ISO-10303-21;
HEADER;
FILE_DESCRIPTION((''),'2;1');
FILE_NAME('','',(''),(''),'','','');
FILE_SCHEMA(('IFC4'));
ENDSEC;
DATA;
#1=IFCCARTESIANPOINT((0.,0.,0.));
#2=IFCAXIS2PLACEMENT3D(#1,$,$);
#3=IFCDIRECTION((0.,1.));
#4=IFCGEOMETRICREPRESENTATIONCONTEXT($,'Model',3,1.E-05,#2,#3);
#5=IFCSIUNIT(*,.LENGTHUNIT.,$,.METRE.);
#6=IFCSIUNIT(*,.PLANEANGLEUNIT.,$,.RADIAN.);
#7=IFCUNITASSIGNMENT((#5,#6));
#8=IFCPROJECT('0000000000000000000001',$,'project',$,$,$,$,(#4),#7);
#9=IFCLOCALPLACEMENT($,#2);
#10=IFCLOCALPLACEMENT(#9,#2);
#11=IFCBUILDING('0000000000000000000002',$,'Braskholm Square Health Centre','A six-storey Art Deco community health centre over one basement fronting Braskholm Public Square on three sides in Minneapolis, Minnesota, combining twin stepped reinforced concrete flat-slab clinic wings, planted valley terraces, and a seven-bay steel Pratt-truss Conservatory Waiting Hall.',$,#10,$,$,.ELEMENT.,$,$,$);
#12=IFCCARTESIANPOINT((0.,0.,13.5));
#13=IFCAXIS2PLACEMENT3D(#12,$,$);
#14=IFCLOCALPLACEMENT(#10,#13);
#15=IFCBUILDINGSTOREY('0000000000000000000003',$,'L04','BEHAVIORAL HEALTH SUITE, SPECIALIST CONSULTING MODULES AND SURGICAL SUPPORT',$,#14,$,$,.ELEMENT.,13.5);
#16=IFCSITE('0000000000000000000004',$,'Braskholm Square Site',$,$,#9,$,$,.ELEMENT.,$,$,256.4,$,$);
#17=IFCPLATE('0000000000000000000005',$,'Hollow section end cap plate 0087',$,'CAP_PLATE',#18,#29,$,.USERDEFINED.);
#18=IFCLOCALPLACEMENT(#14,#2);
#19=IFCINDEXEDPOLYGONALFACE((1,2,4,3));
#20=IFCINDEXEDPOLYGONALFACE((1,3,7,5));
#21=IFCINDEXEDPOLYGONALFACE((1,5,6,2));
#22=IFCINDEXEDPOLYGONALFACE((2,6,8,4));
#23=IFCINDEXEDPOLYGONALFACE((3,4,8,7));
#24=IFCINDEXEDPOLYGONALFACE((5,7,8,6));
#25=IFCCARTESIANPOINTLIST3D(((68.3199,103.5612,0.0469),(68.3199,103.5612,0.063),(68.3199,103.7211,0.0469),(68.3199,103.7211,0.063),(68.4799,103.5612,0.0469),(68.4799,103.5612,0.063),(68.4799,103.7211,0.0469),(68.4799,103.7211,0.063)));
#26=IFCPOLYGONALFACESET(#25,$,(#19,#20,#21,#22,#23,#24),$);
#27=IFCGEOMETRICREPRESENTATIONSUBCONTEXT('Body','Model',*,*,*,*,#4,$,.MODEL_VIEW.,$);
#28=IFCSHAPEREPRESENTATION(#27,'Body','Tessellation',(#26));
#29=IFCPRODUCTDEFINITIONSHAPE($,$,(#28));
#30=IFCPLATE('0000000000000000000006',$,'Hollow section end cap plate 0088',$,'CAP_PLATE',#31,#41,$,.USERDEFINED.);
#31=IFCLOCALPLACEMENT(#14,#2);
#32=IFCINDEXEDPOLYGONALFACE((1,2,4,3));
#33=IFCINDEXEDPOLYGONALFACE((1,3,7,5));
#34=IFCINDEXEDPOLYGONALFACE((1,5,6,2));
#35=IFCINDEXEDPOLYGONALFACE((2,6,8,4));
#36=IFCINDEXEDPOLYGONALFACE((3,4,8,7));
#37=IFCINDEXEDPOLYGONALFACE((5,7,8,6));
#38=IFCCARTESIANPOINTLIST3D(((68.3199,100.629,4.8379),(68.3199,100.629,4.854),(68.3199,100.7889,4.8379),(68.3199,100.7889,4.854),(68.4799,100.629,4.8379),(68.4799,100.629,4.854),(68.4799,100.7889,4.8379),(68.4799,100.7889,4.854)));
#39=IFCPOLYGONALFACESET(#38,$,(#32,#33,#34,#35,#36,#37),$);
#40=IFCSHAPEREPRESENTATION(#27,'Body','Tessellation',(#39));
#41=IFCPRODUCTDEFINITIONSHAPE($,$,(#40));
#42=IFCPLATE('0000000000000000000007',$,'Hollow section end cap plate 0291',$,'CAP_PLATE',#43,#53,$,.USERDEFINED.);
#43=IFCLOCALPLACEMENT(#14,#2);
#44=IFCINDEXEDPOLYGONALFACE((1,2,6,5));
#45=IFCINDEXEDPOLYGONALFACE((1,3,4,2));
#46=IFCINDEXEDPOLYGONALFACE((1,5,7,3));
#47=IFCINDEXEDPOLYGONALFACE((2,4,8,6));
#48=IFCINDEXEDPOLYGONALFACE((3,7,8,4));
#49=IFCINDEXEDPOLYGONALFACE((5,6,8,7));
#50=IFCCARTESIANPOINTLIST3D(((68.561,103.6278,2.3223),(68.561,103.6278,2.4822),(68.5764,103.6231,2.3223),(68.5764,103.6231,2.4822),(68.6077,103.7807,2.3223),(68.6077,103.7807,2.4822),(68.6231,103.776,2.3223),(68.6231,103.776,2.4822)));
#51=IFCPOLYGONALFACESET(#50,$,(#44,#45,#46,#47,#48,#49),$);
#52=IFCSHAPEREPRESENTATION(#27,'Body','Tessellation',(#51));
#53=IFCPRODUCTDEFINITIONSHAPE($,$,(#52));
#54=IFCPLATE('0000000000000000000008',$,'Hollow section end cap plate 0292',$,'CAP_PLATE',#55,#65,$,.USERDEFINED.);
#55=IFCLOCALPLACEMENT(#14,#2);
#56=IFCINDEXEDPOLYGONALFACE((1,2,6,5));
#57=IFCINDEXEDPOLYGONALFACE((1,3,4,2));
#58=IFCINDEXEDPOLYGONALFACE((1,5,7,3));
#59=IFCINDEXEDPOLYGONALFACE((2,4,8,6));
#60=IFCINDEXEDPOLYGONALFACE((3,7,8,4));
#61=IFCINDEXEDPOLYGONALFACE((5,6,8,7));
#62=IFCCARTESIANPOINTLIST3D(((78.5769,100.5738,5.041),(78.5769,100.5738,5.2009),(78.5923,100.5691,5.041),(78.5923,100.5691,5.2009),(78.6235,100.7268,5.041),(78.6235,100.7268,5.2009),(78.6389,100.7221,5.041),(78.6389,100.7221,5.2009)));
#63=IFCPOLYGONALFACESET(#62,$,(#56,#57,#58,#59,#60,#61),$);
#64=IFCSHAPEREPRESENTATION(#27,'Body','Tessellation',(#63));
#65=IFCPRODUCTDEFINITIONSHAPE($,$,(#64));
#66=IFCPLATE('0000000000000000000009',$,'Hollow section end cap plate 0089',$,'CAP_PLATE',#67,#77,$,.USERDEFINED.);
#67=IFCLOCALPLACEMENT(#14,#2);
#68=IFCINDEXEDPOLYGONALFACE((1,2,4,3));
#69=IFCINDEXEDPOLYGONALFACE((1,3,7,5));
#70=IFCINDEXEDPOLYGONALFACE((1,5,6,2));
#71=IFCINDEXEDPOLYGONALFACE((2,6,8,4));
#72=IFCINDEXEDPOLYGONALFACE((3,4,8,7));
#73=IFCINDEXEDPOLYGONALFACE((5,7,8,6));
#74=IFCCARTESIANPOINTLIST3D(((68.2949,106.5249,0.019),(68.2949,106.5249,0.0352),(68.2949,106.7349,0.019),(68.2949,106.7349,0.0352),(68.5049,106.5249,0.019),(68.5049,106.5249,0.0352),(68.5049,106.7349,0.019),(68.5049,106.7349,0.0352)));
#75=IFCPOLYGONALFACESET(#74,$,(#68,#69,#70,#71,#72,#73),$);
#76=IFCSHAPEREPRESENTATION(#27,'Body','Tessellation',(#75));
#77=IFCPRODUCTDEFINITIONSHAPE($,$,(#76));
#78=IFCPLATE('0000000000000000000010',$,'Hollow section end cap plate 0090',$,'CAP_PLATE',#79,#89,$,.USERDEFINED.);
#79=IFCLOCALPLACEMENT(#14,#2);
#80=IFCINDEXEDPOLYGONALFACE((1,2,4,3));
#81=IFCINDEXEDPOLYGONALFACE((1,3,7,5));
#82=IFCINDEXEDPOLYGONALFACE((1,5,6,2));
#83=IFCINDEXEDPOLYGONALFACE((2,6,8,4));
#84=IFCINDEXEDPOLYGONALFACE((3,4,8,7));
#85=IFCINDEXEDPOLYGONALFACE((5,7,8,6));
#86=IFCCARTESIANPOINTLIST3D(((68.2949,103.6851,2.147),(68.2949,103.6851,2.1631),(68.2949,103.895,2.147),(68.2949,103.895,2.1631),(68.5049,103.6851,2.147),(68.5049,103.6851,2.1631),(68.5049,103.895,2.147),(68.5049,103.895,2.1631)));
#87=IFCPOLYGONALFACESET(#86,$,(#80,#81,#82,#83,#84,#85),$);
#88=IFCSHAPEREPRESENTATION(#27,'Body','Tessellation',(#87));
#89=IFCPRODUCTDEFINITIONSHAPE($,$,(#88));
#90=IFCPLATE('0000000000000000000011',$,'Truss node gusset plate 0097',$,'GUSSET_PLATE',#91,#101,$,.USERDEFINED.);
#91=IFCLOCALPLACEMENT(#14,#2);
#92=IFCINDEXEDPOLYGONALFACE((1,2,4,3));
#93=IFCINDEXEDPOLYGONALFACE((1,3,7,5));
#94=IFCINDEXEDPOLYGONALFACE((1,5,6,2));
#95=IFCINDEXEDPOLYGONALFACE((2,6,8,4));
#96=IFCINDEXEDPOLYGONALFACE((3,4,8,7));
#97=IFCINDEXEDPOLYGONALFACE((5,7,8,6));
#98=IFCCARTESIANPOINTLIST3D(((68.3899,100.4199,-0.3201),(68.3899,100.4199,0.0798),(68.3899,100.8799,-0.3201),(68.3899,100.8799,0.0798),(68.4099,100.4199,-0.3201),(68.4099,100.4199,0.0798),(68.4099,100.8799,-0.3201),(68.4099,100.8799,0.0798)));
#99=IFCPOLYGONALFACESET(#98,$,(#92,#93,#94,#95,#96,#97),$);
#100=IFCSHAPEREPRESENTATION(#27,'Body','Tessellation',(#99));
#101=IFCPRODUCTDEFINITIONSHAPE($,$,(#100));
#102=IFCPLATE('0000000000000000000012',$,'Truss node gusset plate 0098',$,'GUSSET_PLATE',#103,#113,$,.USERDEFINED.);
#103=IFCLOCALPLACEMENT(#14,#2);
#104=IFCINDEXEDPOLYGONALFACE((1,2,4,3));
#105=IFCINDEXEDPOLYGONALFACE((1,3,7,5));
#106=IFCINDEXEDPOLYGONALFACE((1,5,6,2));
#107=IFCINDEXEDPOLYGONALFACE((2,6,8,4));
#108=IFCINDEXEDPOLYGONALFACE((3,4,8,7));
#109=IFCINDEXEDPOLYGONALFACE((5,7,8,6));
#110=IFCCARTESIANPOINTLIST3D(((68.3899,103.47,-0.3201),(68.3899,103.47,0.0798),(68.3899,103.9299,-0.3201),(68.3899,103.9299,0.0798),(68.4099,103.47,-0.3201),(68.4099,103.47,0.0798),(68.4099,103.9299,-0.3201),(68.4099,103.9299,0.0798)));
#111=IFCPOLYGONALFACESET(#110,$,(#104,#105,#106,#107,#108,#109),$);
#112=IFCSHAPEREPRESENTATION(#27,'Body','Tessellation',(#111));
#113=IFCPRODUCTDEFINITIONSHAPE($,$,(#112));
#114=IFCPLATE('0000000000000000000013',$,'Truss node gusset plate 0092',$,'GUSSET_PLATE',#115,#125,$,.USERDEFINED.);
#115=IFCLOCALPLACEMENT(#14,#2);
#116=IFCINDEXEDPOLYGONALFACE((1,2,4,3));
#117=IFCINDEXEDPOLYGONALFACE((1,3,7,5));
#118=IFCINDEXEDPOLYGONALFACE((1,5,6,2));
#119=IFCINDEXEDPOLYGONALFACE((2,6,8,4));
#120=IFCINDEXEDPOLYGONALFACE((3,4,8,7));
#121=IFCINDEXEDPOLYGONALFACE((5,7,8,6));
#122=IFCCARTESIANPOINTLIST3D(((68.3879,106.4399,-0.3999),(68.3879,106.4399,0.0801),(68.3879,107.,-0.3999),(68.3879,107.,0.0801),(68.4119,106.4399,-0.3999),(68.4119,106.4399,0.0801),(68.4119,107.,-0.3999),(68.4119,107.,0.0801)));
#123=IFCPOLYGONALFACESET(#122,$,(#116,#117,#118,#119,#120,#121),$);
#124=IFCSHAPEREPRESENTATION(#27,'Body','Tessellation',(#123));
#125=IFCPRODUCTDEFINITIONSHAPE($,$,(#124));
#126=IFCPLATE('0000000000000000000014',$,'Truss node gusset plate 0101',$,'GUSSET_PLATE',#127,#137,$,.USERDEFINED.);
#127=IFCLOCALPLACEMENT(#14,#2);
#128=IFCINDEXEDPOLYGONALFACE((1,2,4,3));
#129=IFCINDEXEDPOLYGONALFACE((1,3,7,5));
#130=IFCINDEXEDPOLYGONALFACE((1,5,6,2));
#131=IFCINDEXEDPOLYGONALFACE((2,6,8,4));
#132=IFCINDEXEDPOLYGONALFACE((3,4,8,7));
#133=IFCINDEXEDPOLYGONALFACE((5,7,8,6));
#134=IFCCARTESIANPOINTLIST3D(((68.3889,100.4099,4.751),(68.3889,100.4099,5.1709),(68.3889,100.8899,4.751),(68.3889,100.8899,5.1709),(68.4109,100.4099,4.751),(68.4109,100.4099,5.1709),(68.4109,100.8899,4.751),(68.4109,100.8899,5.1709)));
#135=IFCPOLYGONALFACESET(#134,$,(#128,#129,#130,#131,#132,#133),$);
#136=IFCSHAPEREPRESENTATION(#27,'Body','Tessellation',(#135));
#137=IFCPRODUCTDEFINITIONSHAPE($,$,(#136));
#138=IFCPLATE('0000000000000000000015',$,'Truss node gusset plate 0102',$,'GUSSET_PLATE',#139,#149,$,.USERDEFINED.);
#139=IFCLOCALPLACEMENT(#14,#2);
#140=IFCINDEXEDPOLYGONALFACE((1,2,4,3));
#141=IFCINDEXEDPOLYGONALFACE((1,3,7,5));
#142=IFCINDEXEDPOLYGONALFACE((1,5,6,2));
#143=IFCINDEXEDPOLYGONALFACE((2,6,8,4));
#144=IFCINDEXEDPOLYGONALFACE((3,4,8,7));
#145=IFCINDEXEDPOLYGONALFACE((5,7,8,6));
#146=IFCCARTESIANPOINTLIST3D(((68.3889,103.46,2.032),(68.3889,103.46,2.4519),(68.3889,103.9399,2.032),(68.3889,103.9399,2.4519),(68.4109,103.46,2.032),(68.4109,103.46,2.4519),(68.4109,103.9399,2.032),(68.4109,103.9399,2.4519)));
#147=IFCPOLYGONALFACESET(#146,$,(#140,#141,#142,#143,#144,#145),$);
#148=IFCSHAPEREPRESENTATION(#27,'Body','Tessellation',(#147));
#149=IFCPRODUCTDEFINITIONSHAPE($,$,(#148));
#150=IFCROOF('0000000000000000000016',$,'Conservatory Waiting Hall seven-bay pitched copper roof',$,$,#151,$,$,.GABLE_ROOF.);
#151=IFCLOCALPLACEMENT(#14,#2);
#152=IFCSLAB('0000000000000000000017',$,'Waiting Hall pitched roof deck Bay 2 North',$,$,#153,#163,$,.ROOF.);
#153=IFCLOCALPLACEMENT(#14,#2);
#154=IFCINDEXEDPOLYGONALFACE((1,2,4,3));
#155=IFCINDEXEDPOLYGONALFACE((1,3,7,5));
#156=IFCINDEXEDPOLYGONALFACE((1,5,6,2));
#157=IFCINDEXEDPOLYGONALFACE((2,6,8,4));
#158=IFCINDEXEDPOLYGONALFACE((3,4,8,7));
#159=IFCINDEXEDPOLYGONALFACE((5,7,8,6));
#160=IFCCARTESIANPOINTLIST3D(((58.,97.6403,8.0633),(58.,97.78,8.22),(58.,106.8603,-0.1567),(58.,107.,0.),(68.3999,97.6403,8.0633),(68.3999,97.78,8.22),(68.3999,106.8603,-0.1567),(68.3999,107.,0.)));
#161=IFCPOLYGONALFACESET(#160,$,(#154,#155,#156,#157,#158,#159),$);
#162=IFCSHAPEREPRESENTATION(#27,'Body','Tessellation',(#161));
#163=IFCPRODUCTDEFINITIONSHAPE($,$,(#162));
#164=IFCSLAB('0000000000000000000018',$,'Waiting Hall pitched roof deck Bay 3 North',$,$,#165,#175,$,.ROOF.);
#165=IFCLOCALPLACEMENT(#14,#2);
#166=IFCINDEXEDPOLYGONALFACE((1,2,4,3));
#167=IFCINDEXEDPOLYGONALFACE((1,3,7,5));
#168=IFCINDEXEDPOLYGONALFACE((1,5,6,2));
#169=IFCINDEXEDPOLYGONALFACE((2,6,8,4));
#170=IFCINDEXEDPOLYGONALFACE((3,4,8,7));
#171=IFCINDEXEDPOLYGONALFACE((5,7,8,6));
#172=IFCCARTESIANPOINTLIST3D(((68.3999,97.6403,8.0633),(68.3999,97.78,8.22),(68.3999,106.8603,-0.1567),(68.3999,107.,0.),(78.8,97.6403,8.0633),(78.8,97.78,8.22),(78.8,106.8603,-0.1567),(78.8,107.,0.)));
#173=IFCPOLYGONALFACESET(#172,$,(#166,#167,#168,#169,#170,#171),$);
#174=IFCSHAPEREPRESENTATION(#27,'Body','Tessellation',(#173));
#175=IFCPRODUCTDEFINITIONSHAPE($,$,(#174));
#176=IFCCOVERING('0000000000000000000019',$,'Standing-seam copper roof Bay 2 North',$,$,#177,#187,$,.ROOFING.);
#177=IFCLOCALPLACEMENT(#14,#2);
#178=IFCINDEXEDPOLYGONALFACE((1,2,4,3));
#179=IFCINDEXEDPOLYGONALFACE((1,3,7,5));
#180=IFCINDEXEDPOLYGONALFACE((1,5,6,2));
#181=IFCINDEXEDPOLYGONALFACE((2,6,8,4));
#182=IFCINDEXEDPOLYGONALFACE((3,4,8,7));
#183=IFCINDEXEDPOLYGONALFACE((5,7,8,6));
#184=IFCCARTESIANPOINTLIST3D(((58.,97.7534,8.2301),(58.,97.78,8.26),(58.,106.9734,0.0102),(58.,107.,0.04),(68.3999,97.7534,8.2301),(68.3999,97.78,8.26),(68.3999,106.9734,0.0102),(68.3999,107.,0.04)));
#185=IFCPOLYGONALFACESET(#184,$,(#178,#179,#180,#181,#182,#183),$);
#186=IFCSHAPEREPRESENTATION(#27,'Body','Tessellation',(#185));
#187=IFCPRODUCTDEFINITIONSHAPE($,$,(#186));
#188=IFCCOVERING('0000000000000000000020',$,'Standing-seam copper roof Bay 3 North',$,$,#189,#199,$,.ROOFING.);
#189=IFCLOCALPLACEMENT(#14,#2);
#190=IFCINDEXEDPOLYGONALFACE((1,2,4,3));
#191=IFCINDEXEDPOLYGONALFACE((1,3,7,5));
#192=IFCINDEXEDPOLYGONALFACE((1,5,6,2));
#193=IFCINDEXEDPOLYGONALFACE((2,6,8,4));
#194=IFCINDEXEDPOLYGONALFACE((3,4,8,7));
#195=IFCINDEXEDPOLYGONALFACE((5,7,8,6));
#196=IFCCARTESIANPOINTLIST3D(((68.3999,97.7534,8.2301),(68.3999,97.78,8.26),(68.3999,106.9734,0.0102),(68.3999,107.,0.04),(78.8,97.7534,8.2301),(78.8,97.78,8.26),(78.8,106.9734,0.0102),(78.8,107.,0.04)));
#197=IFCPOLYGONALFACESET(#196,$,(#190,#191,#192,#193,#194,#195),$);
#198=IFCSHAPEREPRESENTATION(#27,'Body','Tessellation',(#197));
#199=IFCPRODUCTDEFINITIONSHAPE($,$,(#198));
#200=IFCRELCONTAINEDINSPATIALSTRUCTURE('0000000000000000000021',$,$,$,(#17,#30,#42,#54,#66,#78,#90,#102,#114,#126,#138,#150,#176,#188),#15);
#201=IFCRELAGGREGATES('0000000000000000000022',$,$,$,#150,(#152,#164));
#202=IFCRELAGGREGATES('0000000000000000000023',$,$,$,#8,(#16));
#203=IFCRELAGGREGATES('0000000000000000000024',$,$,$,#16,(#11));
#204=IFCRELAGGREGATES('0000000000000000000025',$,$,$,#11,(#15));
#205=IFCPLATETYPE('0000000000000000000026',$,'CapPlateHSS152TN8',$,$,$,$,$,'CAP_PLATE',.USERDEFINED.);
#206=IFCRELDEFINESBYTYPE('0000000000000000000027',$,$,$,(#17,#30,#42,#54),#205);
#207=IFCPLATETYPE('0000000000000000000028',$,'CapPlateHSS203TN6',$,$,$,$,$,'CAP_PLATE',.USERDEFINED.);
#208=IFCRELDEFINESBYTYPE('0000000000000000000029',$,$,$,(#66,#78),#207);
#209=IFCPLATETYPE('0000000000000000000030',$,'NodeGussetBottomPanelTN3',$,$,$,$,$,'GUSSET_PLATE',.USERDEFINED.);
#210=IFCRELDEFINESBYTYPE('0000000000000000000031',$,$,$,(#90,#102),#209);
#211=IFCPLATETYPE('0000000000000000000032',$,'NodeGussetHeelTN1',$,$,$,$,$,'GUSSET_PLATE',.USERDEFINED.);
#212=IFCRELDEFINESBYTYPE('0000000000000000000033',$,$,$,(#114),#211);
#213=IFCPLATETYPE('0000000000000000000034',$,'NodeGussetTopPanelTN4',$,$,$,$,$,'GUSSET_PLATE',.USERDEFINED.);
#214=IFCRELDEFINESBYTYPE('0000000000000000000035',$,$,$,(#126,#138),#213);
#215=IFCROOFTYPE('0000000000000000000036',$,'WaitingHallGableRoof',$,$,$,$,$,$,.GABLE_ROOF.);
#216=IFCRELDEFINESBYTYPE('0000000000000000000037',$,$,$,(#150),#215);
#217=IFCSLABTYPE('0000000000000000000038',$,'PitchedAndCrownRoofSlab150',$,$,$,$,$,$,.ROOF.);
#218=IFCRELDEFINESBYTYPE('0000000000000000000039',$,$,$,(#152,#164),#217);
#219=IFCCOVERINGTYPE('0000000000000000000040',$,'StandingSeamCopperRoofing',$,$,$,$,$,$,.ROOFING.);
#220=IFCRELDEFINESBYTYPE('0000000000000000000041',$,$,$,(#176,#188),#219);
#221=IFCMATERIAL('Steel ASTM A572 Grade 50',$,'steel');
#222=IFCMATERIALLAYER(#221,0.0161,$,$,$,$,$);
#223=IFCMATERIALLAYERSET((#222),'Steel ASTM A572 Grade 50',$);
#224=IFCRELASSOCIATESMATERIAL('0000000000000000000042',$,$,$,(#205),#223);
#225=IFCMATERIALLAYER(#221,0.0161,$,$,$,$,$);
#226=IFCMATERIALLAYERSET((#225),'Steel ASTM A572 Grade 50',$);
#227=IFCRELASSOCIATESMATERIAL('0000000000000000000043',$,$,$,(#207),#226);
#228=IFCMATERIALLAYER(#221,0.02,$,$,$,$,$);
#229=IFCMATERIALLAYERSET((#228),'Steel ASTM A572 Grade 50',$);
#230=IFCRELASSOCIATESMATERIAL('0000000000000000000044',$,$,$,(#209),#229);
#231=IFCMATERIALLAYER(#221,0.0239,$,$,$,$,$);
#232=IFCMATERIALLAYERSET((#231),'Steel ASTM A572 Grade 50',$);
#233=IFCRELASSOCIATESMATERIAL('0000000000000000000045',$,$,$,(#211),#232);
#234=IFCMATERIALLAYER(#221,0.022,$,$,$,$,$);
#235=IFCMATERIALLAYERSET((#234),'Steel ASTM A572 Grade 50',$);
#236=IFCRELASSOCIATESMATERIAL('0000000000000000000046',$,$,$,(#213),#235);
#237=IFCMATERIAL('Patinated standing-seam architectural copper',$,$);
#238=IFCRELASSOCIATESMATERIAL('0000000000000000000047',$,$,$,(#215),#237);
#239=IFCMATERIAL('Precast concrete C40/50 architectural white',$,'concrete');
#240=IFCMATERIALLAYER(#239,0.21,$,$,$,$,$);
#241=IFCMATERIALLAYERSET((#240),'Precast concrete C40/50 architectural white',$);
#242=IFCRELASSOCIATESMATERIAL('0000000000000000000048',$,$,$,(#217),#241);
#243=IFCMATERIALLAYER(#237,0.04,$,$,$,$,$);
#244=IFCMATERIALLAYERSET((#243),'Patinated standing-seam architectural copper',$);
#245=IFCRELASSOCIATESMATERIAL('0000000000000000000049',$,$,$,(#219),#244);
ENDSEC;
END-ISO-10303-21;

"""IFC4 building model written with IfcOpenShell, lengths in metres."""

from ifc_helpers import new_model, si_unit, direction, frame, origin, origin_2d, place, context, subcontext, project, spatial, polyline, rectangle, outline, extrude, material, layer, layer_set, type_object, element, aggregate, save


model = new_model("IFC4")

# Units and contexts
model_context = context("Model", 3, precision=1e-05, world=origin(), true_north=direction((0.0, 1.0)))
body_context = subcontext(model_context, "Body", "Model", "MODEL_VIEW")
ifc_project = project(units=[si_unit("LENGTHUNIT", "METRE"), si_unit("PLANEANGLEUNIT", "RADIAN")], contexts=[model_context])

# Site, building, storey
site_placement = place(None, origin())
site = spatial("IfcSite", under=ifc_project, at=site_placement, Name="Braskholm Square Site", CompositionType="ELEMENT", RefElevation=256.4)
building_placement = place(site_placement, origin())
building = spatial("IfcBuilding", under=site, at=building_placement, Name="Braskholm Square Health Centre", Description="A six-storey Art Deco community health centre over one basement fronting Braskholm Public Square on three sides in Minneapolis, Minnesota, combining twin stepped reinforced concrete flat-slab clinic wings, planted valley terraces, and a seven-bay steel Pratt-truss Conservatory Waiting Hall.", CompositionType="ELEMENT")
storey_placement = place(building_placement, frame((0.0, 0.0, 13.5)))
storey = spatial("IfcBuildingStorey", under=building, at=storey_placement, Name="L04", Description="BEHAVIORAL HEALTH SUITE, SPECIALIST CONSULTING MODULES AND SURGICAL SUPPORT", CompositionType="ELEMENT", Elevation=13.5)

# Plates
ifc_material_1 = material(Name="Steel ASTM A572 Grade 50", Category="steel")
ifc_layer_1 = layer(ifc_material_1, 0.0161)
ifc_layer_set_1 = layer_set([ifc_layer_1], Name="Steel ASTM A572 Grade 50")
plate_type_1 = type_object("IfcPlateType", Name="CapPlateHSS152TN8", ElementType="CAP_PLATE", PredefinedType="USERDEFINED", material=ifc_layer_set_1)
for number, where, z_axis, x_axis, name in (
    (1, (68.3999, 103.6411, 0.0469), (0.0, 0.0, 1.0), (1.0, 0.0, 0.0), "Hollow section end cap plate 0087"),
    (2, (68.3999, 100.709, 4.8379), (0.0, 0.0, 1.0), (1.0, 0.0, 0.0), "Hollow section end cap plate 0088"),
):
    element("IfcPlate", number, at=place(storey_placement, frame(where, z_axis=z_axis, x_axis=x_axis)), inside=storey, type_object=plate_type_1, Name=name, ObjectType="CAP_PLATE", PredefinedType="USERDEFINED", context=body_context, shape_type="SweptSolid", body=[
        extrude(rectangle(XDim=0.1599, YDim=0.1599, at=origin_2d()), origin(), (0.0, 0.0, 1.0), 0.0161),
    ])
for number, where, z_axis, x_axis, name in (
    (3, (68.592, 103.7019, 2.3223), (0.0, 0.0, 1.0), (0.956498, -0.291737, 0.0), "Hollow section end cap plate 0291"),
    (4, (78.6079, 100.6479, 5.041), (0.0, 0.0, 1.0), (0.956498, -0.291737, 0.0), "Hollow section end cap plate 0292"),
):
    element("IfcPlate", number, at=place(storey_placement, frame(where, z_axis=z_axis, x_axis=x_axis)), inside=storey, type_object=plate_type_1, Name=name, ObjectType="CAP_PLATE", PredefinedType="USERDEFINED", context=body_context, shape_type="SweptSolid", body=[
        extrude(rectangle(XDim=0.0161, YDim=0.1599, at=origin_2d()), origin(), (0.0, 0.0, 1.0), 0.1599),
    ])
ifc_layer_2 = layer(ifc_material_1, 0.0161)
ifc_layer_set_2 = layer_set([ifc_layer_2], Name="Steel ASTM A572 Grade 50")
plate_type_2 = type_object("IfcPlateType", Name="CapPlateHSS203TN6", ElementType="CAP_PLATE", PredefinedType="USERDEFINED", material=ifc_layer_set_2)
for number, where, z_axis, x_axis, name in (
    (5, (68.3999, 106.6299, 0.019), (0.0, 0.0, 1.0), (1.0, 0.0, 0.0), "Hollow section end cap plate 0089"),
    (6, (68.3999, 103.79, 2.147), (0.0, 0.0, 1.0), (1.0, 0.0, 0.0), "Hollow section end cap plate 0090"),
):
    element("IfcPlate", number, at=place(storey_placement, frame(where, z_axis=z_axis, x_axis=x_axis)), inside=storey, type_object=plate_type_2, Name=name, ObjectType="CAP_PLATE", PredefinedType="USERDEFINED", context=body_context, shape_type="SweptSolid", body=[
        extrude(rectangle(XDim=0.21, YDim=0.21, at=origin_2d()), origin(), (0.0, 0.0, 1.0), 0.0161),
    ])
ifc_layer_3 = layer(ifc_material_1, 0.02)
ifc_layer_set_3 = layer_set([ifc_layer_3], Name="Steel ASTM A572 Grade 50")
plate_type_3 = type_object("IfcPlateType", Name="NodeGussetBottomPanelTN3", ElementType="GUSSET_PLATE", PredefinedType="USERDEFINED", material=ifc_layer_set_3)
for number, where, z_axis, x_axis, name in (
    (7, (68.3999, 100.6499, -0.3201), (0.0, 0.0, 1.0), (1.0, 0.0, 0.0), "Truss node gusset plate 0097"),
    (8, (68.3999, 103.7, -0.3201), (0.0, 0.0, 1.0), (1.0, 0.0, 0.0), "Truss node gusset plate 0098"),
):
    element("IfcPlate", number, at=place(storey_placement, frame(where, z_axis=z_axis, x_axis=x_axis)), inside=storey, type_object=plate_type_3, Name=name, ObjectType="GUSSET_PLATE", PredefinedType="USERDEFINED", context=body_context, shape_type="SweptSolid", body=[
        extrude(rectangle(XDim=0.02, YDim=0.46, at=origin_2d()), origin(), (0.0, 0.0, 1.0), 0.3999),
    ])
ifc_layer_4 = layer(ifc_material_1, 0.0239)
ifc_layer_set_4 = layer_set([ifc_layer_4], Name="Steel ASTM A572 Grade 50")
plate_type_4 = type_object("IfcPlateType", Name="NodeGussetHeelTN1", ElementType="GUSSET_PLATE", PredefinedType="USERDEFINED", material=ifc_layer_set_4)
plate_placement = place(storey_placement, frame((68.3999, 106.72, -0.3999), z_axis=(0.0, 0.0, 1.0), x_axis=(1.0, 0.0, 0.0)))
element("IfcPlate", 9, at=plate_placement, inside=storey, type_object=plate_type_4, Name="Truss node gusset plate 0092", ObjectType="GUSSET_PLATE", PredefinedType="USERDEFINED", context=body_context, shape_type="SweptSolid", body=[
    extrude(rectangle(XDim=0.0239, YDim=0.5601, at=origin_2d()), origin(), (0.0, 0.0, 1.0), 0.48),
])
ifc_layer_5 = layer(ifc_material_1, 0.022)
ifc_layer_set_5 = layer_set([ifc_layer_5], Name="Steel ASTM A572 Grade 50")
plate_type_5 = type_object("IfcPlateType", Name="NodeGussetTopPanelTN4", ElementType="GUSSET_PLATE", PredefinedType="USERDEFINED", material=ifc_layer_set_5)
for number, where, z_axis, x_axis, name in (
    (10, (68.3999, 100.6499, 4.751), (0.0, 0.0, 1.0), (1.0, 0.0, 0.0), "Truss node gusset plate 0101"),
    (11, (68.3999, 103.7, 2.032), (0.0, 0.0, 1.0), (1.0, 0.0, 0.0), "Truss node gusset plate 0102"),
):
    element("IfcPlate", number, at=place(storey_placement, frame(where, z_axis=z_axis, x_axis=x_axis)), inside=storey, type_object=plate_type_5, Name=name, ObjectType="GUSSET_PLATE", PredefinedType="USERDEFINED", context=body_context, shape_type="SweptSolid", body=[
        extrude(rectangle(XDim=0.022, YDim=0.48, at=origin_2d()), origin(), (0.0, 0.0, 1.0), 0.4199),
    ])

# Roof, slabs
ifc_material_2 = material(Name="Patinated standing-seam architectural copper")
roof_type = type_object("IfcRoofType", Name="WaitingHallGableRoof", PredefinedType="GABLE_ROOF", material=ifc_material_2)
roof_placement = place(storey_placement, origin())
roof = element("IfcRoof", 12, at=roof_placement, inside=storey, type_object=roof_type, Name="Conservatory Waiting Hall seven-bay pitched copper roof", PredefinedType="GABLE_ROOF")
ifc_material_3 = material(Name="Precast concrete C40/50 architectural white", Category="concrete")
ifc_layer_6 = layer(ifc_material_3, 0.21)
ifc_layer_set_6 = layer_set([ifc_layer_6], Name="Precast concrete C40/50 architectural white")
slab_type = type_object("IfcSlabType", Name="PitchedAndCrownRoofSlab150", PredefinedType="ROOF", material=ifc_layer_set_6)
slab_1_placement = place(storey_placement, frame((68.3999, 107.0, 0.0), z_axis=(0.0, 0.665468, 0.746426), x_axis=(-1.0, 0.0, 0.0)))
slab_1 = element("IfcSlab", 13, at=slab_1_placement, type_object=slab_type, Name="Waiting Hall pitched roof deck Bay 2 North", PredefinedType="ROOF", context=body_context, shape_type="SweptSolid", body=[
    extrude(outline(polyline([(0.0, 0.0), (10.3999, 0.0), (10.3999, 12.3522), (0.0, 12.3522), (0.0, 0.0)])), origin(), (0.0, 0.0, -1.0), 0.21),
])
slab_2_placement = place(storey_placement, frame((78.8, 107.0, 0.0), z_axis=(0.0, 0.665468, 0.746426), x_axis=(-1.0, 0.0, 0.0)))
slab_2 = element("IfcSlab", 14, at=slab_2_placement, type_object=slab_type, Name="Waiting Hall pitched roof deck Bay 3 North", PredefinedType="ROOF", context=body_context, shape_type="SweptSolid", body=[
    extrude(outline(polyline([(0.0, 0.0), (10.4001, 0.0), (10.4001, 12.3522), (0.0, 12.3522), (0.0, 0.0)])), origin(), (0.0, 0.0, -1.0), 0.21),
])
aggregate(roof, [slab_1, slab_2])

# Coverings
ifc_layer_7 = layer(ifc_material_2, 0.04)
ifc_layer_set_7 = layer_set([ifc_layer_7], Name="Patinated standing-seam architectural copper")
covering_type = type_object("IfcCoveringType", Name="StandingSeamCopperRoofing", PredefinedType="ROOFING", material=ifc_layer_set_7)
covering_1_placement = place(storey_placement, frame((68.3999, 107.0, 0.04), z_axis=(0.0, 0.665468, 0.746426), x_axis=(-1.0, 0.0, 0.0)))
element("IfcCovering", 15, at=covering_1_placement, inside=storey, type_object=covering_type, Name="Standing-seam copper roof Bay 2 North", PredefinedType="ROOFING", context=body_context, shape_type="SweptSolid", body=[
    extrude(outline(polyline([(0.0, 0.0), (10.3999, 0.0), (10.3999, 12.3522), (0.0, 12.3522), (0.0, 0.0)])), origin(), (0.0, 0.0, -1.0), 0.04),
])
covering_2_placement = place(storey_placement, frame((78.8, 107.0, 0.04), z_axis=(0.0, 0.665468, 0.746426), x_axis=(-1.0, 0.0, 0.0)))
element("IfcCovering", 16, at=covering_2_placement, inside=storey, type_object=covering_type, Name="Standing-seam copper roof Bay 3 North", PredefinedType="ROOFING", context=body_context, shape_type="SweptSolid", body=[
    extrude(outline(polyline([(0.0, 0.0), (10.4001, 0.0), (10.4001, 12.3522), (0.0, 12.3522), (0.0, 0.0)])), origin(), (0.0, 0.0, -1.0), 0.04),
])

save(model, "model.ifc")
